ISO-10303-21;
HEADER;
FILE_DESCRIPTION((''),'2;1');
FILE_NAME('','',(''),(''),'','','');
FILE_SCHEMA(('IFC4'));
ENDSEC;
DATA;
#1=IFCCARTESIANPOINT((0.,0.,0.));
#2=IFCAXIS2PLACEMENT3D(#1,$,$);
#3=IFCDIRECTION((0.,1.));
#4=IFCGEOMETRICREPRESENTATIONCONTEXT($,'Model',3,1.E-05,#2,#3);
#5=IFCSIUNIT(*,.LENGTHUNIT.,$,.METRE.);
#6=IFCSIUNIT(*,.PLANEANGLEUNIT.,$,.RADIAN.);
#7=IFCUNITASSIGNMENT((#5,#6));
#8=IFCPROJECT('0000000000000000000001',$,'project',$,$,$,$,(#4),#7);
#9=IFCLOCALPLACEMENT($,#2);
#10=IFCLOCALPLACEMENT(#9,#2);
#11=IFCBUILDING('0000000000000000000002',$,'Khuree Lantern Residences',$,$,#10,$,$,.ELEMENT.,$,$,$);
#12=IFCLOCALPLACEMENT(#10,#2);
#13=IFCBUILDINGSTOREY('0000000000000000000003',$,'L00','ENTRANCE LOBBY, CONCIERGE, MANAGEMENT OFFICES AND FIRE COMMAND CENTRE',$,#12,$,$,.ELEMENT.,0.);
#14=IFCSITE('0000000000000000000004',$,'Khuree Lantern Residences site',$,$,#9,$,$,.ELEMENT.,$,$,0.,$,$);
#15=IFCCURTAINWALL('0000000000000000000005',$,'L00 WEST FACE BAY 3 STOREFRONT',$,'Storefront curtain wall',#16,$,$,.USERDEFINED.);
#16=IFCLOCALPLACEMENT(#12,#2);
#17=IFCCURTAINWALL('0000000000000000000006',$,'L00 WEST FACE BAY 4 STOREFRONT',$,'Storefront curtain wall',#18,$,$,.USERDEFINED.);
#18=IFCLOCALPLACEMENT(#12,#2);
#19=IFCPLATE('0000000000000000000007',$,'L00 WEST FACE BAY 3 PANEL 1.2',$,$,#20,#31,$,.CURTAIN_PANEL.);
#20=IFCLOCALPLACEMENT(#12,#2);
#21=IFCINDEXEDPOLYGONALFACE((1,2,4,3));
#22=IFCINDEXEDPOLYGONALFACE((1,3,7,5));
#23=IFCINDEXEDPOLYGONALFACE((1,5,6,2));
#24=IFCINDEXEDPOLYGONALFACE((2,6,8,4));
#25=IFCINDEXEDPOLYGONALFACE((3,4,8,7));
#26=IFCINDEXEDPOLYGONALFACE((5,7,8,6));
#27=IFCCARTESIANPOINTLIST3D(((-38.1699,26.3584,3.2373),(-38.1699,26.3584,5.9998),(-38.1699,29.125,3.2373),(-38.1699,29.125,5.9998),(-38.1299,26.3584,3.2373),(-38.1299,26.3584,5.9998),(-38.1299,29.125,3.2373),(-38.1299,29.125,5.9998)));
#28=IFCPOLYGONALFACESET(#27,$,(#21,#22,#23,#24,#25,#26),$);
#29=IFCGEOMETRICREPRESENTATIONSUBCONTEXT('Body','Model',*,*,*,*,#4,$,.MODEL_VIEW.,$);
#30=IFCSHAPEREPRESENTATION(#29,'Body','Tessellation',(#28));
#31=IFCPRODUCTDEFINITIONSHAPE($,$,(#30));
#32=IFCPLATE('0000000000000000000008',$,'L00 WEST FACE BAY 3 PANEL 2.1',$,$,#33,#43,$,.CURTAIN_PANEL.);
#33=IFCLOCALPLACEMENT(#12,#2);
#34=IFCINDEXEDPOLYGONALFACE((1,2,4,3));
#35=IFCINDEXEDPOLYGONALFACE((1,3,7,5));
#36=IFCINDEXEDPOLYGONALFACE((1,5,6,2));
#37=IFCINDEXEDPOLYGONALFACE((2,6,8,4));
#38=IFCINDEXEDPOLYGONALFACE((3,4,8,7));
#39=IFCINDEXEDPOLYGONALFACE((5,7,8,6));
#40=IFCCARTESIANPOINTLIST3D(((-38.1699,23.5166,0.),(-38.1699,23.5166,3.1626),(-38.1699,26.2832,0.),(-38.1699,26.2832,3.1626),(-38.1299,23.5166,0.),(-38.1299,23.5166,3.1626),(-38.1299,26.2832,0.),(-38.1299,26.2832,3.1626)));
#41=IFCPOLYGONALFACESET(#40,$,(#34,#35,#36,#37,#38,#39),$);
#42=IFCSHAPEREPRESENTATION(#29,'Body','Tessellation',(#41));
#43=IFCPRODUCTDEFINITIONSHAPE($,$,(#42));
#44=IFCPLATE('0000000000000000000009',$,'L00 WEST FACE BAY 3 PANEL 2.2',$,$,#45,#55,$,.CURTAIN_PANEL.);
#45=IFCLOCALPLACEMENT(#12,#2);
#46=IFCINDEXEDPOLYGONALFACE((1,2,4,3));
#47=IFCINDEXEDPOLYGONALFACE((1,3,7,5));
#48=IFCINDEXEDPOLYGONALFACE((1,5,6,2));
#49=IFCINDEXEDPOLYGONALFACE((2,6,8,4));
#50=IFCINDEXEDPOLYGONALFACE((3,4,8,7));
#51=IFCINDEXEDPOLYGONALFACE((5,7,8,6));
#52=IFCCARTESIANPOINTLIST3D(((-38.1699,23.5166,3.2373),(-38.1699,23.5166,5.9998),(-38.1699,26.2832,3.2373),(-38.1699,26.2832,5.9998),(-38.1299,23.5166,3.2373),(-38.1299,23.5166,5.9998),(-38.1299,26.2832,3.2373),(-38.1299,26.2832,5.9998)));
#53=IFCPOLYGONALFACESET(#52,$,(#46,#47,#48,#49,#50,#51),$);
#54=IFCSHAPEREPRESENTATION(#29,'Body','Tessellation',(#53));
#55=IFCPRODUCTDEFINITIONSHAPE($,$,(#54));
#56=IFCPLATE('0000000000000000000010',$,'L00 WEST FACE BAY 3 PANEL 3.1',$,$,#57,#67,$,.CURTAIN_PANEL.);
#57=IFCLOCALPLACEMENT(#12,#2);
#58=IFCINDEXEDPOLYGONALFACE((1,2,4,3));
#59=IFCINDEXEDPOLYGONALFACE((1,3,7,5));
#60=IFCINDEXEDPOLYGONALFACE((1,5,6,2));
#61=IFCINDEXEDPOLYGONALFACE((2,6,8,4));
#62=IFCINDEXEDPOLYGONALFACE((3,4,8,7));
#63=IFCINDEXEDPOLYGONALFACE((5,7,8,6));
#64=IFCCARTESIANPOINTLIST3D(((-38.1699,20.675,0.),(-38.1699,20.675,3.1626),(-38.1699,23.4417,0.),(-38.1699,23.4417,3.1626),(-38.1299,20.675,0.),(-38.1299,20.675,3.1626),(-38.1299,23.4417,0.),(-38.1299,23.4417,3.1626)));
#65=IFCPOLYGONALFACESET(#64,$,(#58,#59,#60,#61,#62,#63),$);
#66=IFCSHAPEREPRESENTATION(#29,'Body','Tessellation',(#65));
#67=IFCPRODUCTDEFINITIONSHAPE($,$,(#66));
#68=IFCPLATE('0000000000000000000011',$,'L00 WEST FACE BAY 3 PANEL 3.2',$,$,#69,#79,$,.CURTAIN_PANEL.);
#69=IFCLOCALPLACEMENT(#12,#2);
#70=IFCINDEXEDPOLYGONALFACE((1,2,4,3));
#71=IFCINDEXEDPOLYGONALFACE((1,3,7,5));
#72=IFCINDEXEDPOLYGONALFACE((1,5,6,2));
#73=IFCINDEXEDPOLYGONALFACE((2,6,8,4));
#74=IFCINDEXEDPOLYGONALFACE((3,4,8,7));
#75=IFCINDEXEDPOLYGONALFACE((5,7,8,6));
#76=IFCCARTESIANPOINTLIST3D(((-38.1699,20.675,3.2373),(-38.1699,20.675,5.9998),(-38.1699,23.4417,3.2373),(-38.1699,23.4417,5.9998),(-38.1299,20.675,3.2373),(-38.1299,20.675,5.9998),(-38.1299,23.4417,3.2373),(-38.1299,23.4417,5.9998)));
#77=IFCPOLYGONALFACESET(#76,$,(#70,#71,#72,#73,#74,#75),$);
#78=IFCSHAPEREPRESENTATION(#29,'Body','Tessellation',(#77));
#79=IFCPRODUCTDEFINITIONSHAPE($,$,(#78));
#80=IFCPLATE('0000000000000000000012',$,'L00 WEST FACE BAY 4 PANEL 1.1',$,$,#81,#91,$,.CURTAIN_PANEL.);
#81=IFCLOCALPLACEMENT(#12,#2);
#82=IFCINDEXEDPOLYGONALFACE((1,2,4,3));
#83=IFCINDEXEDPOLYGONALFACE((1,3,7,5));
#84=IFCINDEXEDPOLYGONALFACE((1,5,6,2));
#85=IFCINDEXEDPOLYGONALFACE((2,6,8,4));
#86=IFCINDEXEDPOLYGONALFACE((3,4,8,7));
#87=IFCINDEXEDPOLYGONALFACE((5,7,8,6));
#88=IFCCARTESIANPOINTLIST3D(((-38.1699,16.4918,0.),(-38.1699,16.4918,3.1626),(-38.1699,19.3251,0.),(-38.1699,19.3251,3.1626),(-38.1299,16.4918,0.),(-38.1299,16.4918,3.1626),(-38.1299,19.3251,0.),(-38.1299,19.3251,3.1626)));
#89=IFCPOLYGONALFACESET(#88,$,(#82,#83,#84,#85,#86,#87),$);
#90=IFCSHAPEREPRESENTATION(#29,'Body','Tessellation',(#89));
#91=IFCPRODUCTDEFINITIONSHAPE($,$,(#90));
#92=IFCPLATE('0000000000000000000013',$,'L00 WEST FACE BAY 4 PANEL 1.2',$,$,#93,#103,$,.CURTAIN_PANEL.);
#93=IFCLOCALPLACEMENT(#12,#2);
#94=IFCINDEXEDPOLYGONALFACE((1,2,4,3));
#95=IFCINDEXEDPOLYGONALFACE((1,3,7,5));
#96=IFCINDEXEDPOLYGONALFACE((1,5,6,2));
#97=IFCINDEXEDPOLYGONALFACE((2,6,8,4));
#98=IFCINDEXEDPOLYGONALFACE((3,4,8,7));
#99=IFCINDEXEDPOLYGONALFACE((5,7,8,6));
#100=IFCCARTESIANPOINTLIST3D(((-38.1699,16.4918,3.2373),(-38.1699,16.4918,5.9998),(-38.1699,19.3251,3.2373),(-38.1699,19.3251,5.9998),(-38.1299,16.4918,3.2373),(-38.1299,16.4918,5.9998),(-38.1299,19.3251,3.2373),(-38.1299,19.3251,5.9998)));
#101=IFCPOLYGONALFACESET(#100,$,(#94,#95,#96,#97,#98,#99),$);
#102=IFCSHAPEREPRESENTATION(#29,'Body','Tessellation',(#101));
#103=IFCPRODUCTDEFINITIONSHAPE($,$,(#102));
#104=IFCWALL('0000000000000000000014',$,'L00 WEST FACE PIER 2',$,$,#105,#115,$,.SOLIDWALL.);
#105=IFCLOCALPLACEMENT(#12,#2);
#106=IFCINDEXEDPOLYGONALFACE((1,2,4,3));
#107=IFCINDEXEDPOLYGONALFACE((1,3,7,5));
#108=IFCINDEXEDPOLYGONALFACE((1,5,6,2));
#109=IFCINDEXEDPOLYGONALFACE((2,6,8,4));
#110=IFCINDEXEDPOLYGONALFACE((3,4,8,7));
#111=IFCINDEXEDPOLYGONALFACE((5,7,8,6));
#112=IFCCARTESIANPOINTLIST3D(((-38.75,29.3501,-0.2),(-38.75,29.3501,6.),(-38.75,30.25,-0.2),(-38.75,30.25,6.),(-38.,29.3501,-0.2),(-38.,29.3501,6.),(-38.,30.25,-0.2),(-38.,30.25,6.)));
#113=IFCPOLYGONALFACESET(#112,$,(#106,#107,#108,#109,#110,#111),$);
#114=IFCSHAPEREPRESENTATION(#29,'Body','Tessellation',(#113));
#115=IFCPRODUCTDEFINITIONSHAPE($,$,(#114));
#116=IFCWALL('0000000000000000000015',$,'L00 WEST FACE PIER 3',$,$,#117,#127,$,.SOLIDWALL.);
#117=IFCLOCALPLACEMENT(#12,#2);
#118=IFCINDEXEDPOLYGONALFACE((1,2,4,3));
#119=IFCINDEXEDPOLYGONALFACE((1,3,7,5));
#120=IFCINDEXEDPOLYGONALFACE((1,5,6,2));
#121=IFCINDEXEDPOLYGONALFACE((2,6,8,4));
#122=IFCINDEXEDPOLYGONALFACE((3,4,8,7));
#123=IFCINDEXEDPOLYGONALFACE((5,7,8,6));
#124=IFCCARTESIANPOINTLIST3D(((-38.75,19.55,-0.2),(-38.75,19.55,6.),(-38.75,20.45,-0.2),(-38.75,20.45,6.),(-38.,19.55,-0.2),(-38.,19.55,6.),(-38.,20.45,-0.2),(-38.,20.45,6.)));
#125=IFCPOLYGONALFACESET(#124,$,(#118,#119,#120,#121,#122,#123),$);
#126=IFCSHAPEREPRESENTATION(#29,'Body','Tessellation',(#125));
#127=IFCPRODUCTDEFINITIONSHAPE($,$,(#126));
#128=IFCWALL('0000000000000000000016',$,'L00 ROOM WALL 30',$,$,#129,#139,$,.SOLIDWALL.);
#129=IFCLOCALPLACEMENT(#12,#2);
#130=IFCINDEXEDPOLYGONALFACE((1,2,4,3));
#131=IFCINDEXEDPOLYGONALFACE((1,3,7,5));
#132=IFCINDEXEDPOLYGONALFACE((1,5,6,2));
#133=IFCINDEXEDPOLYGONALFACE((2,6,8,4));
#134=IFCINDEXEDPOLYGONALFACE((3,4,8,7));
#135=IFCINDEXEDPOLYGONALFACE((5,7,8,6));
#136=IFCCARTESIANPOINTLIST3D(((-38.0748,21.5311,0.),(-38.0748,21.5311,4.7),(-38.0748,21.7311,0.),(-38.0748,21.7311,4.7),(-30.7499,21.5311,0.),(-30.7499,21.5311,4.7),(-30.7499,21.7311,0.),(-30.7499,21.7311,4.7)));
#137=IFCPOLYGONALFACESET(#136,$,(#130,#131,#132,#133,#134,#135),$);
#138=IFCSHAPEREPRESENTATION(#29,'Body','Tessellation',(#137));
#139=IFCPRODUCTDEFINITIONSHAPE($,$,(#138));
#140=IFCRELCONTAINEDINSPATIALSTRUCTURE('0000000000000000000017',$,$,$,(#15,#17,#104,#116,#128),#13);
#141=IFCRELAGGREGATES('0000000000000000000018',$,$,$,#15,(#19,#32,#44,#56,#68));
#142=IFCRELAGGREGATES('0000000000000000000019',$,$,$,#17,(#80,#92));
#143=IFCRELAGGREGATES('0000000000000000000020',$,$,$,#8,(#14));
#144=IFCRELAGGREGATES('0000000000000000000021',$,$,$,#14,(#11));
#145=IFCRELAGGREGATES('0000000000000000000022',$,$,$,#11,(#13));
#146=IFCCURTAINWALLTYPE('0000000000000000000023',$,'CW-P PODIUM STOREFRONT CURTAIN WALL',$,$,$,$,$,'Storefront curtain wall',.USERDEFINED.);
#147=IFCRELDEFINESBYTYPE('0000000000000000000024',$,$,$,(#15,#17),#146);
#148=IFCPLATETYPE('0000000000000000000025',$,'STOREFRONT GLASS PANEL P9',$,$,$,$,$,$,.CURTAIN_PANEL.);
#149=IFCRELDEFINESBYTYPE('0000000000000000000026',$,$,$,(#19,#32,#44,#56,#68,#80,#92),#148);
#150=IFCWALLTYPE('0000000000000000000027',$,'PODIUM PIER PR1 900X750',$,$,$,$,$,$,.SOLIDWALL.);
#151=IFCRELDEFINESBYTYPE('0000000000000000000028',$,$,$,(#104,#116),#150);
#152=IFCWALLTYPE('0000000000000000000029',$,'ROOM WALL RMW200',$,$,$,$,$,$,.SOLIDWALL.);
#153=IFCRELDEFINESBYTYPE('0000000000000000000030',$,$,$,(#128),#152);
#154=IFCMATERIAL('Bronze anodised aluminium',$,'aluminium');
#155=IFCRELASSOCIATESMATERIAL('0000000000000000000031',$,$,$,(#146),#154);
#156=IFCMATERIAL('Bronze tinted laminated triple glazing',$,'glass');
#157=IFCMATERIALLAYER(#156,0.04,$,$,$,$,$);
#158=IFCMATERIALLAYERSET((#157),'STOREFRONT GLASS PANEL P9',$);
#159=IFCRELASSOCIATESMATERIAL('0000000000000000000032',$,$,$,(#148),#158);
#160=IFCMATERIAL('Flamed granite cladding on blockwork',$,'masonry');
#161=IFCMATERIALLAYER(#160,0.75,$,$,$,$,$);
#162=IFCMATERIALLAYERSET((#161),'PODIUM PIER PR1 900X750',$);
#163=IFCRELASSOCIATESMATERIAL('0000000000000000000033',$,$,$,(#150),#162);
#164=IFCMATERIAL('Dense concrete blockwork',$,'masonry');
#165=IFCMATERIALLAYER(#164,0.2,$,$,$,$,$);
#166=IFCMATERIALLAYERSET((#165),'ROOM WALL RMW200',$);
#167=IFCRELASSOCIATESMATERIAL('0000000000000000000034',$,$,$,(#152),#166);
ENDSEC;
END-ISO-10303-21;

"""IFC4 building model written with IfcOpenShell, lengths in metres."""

from ifc_helpers import new_model, si_unit, direction, frame, frame_2d, origin, origin_2d, place, context, subcontext, project, spatial, rectangle, extrude, material, layer, layer_set, type_object, element, aggregate, save


model = new_model("IFC4")

# Units and contexts
model_context = context("Model", 3, precision=1e-05, world=origin(), true_north=direction((0.0, 1.0)))
body_context = subcontext(model_context, "Body", "Model", "MODEL_VIEW")
ifc_project = project(units=[si_unit("LENGTHUNIT", "METRE"), si_unit("PLANEANGLEUNIT", "RADIAN")], contexts=[model_context])

# Site, building, storey
site_placement = place(None, origin())
site = spatial("IfcSite", under=ifc_project, at=site_placement, Name="Khuree Lantern Residences site", CompositionType="ELEMENT", RefElevation=0.0)
building_placement = place(site_placement, origin())
building = spatial("IfcBuilding", under=site, at=building_placement, Name="Khuree Lantern Residences", CompositionType="ELEMENT")
storey_placement = place(building_placement, origin())
storey = spatial("IfcBuildingStorey", under=building, at=storey_placement, Name="L00", Description="ENTRANCE LOBBY, CONCIERGE, MANAGEMENT OFFICES AND FIRE COMMAND CENTRE", CompositionType="ELEMENT", Elevation=0.0)

# Curtain walls
ifc_material_1 = material(Name="Bronze anodised aluminium", Category="aluminium")
curtain_wall_type = type_object("IfcCurtainWallType", Name="CW-P PODIUM STOREFRONT CURTAIN WALL", ElementType="Storefront curtain wall", PredefinedType="USERDEFINED", material=ifc_material_1)
curtain_wall_1_placement = place(storey_placement, origin())
curtain_wall_1 = element("IfcCurtainWall", 1, at=curtain_wall_1_placement, inside=storey, type_object=curtain_wall_type, Name="L00 WEST FACE BAY 3 STOREFRONT", ObjectType="Storefront curtain wall", PredefinedType="USERDEFINED")
curtain_wall_2_placement = place(storey_placement, origin())
curtain_wall_2 = element("IfcCurtainWall", 2, at=curtain_wall_2_placement, inside=storey, type_object=curtain_wall_type, Name="L00 WEST FACE BAY 4 STOREFRONT", ObjectType="Storefront curtain wall", PredefinedType="USERDEFINED")

# Plates
ifc_material_2 = material(Name="Bronze tinted laminated triple glazing", Category="glass")
ifc_layer_1 = layer(ifc_material_2, 0.04)
ifc_layer_set_1 = layer_set([ifc_layer_1], Name="STOREFRONT GLASS PANEL P9")
plate_type = type_object("IfcPlateType", Name="STOREFRONT GLASS PANEL P9", PredefinedType="CURTAIN_PANEL", material=ifc_layer_set_1)
plate_1_placement = place(storey_placement, frame((-38.1499, 27.7417, 3.2373), z_axis=(0.0, 0.0, 1.0), x_axis=(0.0, -1.0, 0.0)))
plate_1 = element("IfcPlate", 3, at=plate_1_placement, type_object=plate_type, Name="L00 WEST FACE BAY 3 PANEL 1.2", PredefinedType="CURTAIN_PANEL", context=body_context, shape_type="SweptSolid", body=[
    extrude(rectangle(XDim=2.7666, YDim=0.04, at=origin_2d()), origin(), (0.0, 0.0, 1.0), 2.7625),
])
plate_2_placement = place(storey_placement, frame((-38.1499, 24.8999, 0.0), z_axis=(0.0, 0.0, 1.0), x_axis=(0.0, -1.0, 0.0)))
plate_2 = element("IfcPlate", 4, at=plate_2_placement, type_object=plate_type, Name="L00 WEST FACE BAY 3 PANEL 2.1", PredefinedType="CURTAIN_PANEL", context=body_context, shape_type="SweptSolid", body=[
    extrude(rectangle(XDim=2.7666, YDim=0.04, at=origin_2d()), origin(), (0.0, 0.0, 1.0), 3.1626),
])
plate_3_placement = place(storey_placement, frame((-38.1499, 24.8999, 3.2373), z_axis=(0.0, 0.0, 1.0), x_axis=(0.0, -1.0, 0.0)))
plate_3 = element("IfcPlate", 5, at=plate_3_placement, type_object=plate_type, Name="L00 WEST FACE BAY 3 PANEL 2.2", PredefinedType="CURTAIN_PANEL", context=body_context, shape_type="SweptSolid", body=[
    extrude(rectangle(XDim=2.7666, YDim=0.04, at=origin_2d()), origin(), (0.0, 0.0, 1.0), 2.7625),
])
plate_4_placement = place(storey_placement, frame((-38.1499, 22.0583, 0.0), z_axis=(0.0, 0.0, 1.0), x_axis=(0.0, -1.0, 0.0)))
plate_4 = element("IfcPlate", 6, at=plate_4_placement, type_object=plate_type, Name="L00 WEST FACE BAY 3 PANEL 3.1", PredefinedType="CURTAIN_PANEL", context=body_context, shape_type="SweptSolid", body=[
    extrude(rectangle(XDim=2.7666, YDim=0.04, at=origin_2d()), origin(), (0.0, 0.0, 1.0), 3.1626),
])
plate_5_placement = place(storey_placement, frame((-38.1499, 22.0583, 3.2373), z_axis=(0.0, 0.0, 1.0), x_axis=(0.0, -1.0, 0.0)))
plate_5 = element("IfcPlate", 7, at=plate_5_placement, type_object=plate_type, Name="L00 WEST FACE BAY 3 PANEL 3.2", PredefinedType="CURTAIN_PANEL", context=body_context, shape_type="SweptSolid", body=[
    extrude(rectangle(XDim=2.7666, YDim=0.04, at=origin_2d()), origin(), (0.0, 0.0, 1.0), 2.7625),
])
aggregate(curtain_wall_1, [plate_1, plate_2, plate_3, plate_4, plate_5])
plate_6_placement = place(storey_placement, frame((-38.1499, 17.9084, 0.0), z_axis=(0.0, 0.0, 1.0), x_axis=(0.0, -1.0, 0.0)))
plate_6 = element("IfcPlate", 8, at=plate_6_placement, type_object=plate_type, Name="L00 WEST FACE BAY 4 PANEL 1.1", PredefinedType="CURTAIN_PANEL", context=body_context, shape_type="SweptSolid", body=[
    extrude(rectangle(XDim=2.8333, YDim=0.04, at=origin_2d()), origin(), (0.0, 0.0, 1.0), 3.1626),
])
plate_7_placement = place(storey_placement, frame((-38.1499, 17.9084, 3.2373), z_axis=(0.0, 0.0, 1.0), x_axis=(0.0, -1.0, 0.0)))
plate_7 = element("IfcPlate", 9, at=plate_7_placement, type_object=plate_type, Name="L00 WEST FACE BAY 4 PANEL 1.2", PredefinedType="CURTAIN_PANEL", context=body_context, shape_type="SweptSolid", body=[
    extrude(rectangle(XDim=2.8333, YDim=0.04, at=origin_2d()), origin(), (0.0, 0.0, 1.0), 2.7625),
])
aggregate(curtain_wall_2, [plate_6, plate_7])

# Walls
ifc_material_3 = material(Name="Flamed granite cladding on blockwork", Category="masonry")
ifc_layer_2 = layer(ifc_material_3, 0.75)
ifc_layer_set_2 = layer_set([ifc_layer_2], Name="PODIUM PIER PR1 900X750")
wall_type_1 = type_object("IfcWallType", Name="PODIUM PIER PR1 900X750", PredefinedType="SOLIDWALL", material=ifc_layer_set_2)
for number, where, z_axis, x_axis, name in (
    (10, (-38.375, 30.25, -0.2), (0.0, 0.0, 1.0), (0.0, -1.0, 0.0), "L00 WEST FACE PIER 2"),
    (11, (-38.375, 20.45, -0.2), (0.0, 0.0, 1.0), (0.0, -1.0, 0.0), "L00 WEST FACE PIER 3"),
):
    element("IfcWall", number, at=place(storey_placement, frame(where, z_axis=z_axis, x_axis=x_axis)), inside=storey, type_object=wall_type_1, Name=name, PredefinedType="SOLIDWALL", context=body_context, shape_type="SweptSolid", body=[
        extrude(rectangle(XDim=0.8999, YDim=0.75, at=frame_2d((0.45, 0.0))), origin(), (0.0, 0.0, 1.0), 6.2),
    ])
ifc_material_4 = material(Name="Dense concrete blockwork", Category="masonry")
ifc_layer_3 = layer(ifc_material_4, 0.2)
ifc_layer_set_3 = layer_set([ifc_layer_3], Name="ROOM WALL RMW200")
wall_type_2 = type_object("IfcWallType", Name="ROOM WALL RMW200", PredefinedType="SOLIDWALL", material=ifc_layer_set_3)
wall_1_placement = place(storey_placement, frame((-38.075, 21.6311, 0.0), z_axis=(0.0, 0.0, 1.0), x_axis=(1.0, 0.0, 0.0)))
element("IfcWall", 12, at=wall_1_placement, inside=storey, type_object=wall_type_2, Name="L00 ROOM WALL 30", PredefinedType="SOLIDWALL", context=body_context, shape_type="SweptSolid", body=[
    extrude(rectangle(XDim=7.325, YDim=0.2, at=frame_2d((3.6626, 0.0))), origin(), (0.0, 0.0, 1.0), 4.7),
])

save(model, "model.ifc")
